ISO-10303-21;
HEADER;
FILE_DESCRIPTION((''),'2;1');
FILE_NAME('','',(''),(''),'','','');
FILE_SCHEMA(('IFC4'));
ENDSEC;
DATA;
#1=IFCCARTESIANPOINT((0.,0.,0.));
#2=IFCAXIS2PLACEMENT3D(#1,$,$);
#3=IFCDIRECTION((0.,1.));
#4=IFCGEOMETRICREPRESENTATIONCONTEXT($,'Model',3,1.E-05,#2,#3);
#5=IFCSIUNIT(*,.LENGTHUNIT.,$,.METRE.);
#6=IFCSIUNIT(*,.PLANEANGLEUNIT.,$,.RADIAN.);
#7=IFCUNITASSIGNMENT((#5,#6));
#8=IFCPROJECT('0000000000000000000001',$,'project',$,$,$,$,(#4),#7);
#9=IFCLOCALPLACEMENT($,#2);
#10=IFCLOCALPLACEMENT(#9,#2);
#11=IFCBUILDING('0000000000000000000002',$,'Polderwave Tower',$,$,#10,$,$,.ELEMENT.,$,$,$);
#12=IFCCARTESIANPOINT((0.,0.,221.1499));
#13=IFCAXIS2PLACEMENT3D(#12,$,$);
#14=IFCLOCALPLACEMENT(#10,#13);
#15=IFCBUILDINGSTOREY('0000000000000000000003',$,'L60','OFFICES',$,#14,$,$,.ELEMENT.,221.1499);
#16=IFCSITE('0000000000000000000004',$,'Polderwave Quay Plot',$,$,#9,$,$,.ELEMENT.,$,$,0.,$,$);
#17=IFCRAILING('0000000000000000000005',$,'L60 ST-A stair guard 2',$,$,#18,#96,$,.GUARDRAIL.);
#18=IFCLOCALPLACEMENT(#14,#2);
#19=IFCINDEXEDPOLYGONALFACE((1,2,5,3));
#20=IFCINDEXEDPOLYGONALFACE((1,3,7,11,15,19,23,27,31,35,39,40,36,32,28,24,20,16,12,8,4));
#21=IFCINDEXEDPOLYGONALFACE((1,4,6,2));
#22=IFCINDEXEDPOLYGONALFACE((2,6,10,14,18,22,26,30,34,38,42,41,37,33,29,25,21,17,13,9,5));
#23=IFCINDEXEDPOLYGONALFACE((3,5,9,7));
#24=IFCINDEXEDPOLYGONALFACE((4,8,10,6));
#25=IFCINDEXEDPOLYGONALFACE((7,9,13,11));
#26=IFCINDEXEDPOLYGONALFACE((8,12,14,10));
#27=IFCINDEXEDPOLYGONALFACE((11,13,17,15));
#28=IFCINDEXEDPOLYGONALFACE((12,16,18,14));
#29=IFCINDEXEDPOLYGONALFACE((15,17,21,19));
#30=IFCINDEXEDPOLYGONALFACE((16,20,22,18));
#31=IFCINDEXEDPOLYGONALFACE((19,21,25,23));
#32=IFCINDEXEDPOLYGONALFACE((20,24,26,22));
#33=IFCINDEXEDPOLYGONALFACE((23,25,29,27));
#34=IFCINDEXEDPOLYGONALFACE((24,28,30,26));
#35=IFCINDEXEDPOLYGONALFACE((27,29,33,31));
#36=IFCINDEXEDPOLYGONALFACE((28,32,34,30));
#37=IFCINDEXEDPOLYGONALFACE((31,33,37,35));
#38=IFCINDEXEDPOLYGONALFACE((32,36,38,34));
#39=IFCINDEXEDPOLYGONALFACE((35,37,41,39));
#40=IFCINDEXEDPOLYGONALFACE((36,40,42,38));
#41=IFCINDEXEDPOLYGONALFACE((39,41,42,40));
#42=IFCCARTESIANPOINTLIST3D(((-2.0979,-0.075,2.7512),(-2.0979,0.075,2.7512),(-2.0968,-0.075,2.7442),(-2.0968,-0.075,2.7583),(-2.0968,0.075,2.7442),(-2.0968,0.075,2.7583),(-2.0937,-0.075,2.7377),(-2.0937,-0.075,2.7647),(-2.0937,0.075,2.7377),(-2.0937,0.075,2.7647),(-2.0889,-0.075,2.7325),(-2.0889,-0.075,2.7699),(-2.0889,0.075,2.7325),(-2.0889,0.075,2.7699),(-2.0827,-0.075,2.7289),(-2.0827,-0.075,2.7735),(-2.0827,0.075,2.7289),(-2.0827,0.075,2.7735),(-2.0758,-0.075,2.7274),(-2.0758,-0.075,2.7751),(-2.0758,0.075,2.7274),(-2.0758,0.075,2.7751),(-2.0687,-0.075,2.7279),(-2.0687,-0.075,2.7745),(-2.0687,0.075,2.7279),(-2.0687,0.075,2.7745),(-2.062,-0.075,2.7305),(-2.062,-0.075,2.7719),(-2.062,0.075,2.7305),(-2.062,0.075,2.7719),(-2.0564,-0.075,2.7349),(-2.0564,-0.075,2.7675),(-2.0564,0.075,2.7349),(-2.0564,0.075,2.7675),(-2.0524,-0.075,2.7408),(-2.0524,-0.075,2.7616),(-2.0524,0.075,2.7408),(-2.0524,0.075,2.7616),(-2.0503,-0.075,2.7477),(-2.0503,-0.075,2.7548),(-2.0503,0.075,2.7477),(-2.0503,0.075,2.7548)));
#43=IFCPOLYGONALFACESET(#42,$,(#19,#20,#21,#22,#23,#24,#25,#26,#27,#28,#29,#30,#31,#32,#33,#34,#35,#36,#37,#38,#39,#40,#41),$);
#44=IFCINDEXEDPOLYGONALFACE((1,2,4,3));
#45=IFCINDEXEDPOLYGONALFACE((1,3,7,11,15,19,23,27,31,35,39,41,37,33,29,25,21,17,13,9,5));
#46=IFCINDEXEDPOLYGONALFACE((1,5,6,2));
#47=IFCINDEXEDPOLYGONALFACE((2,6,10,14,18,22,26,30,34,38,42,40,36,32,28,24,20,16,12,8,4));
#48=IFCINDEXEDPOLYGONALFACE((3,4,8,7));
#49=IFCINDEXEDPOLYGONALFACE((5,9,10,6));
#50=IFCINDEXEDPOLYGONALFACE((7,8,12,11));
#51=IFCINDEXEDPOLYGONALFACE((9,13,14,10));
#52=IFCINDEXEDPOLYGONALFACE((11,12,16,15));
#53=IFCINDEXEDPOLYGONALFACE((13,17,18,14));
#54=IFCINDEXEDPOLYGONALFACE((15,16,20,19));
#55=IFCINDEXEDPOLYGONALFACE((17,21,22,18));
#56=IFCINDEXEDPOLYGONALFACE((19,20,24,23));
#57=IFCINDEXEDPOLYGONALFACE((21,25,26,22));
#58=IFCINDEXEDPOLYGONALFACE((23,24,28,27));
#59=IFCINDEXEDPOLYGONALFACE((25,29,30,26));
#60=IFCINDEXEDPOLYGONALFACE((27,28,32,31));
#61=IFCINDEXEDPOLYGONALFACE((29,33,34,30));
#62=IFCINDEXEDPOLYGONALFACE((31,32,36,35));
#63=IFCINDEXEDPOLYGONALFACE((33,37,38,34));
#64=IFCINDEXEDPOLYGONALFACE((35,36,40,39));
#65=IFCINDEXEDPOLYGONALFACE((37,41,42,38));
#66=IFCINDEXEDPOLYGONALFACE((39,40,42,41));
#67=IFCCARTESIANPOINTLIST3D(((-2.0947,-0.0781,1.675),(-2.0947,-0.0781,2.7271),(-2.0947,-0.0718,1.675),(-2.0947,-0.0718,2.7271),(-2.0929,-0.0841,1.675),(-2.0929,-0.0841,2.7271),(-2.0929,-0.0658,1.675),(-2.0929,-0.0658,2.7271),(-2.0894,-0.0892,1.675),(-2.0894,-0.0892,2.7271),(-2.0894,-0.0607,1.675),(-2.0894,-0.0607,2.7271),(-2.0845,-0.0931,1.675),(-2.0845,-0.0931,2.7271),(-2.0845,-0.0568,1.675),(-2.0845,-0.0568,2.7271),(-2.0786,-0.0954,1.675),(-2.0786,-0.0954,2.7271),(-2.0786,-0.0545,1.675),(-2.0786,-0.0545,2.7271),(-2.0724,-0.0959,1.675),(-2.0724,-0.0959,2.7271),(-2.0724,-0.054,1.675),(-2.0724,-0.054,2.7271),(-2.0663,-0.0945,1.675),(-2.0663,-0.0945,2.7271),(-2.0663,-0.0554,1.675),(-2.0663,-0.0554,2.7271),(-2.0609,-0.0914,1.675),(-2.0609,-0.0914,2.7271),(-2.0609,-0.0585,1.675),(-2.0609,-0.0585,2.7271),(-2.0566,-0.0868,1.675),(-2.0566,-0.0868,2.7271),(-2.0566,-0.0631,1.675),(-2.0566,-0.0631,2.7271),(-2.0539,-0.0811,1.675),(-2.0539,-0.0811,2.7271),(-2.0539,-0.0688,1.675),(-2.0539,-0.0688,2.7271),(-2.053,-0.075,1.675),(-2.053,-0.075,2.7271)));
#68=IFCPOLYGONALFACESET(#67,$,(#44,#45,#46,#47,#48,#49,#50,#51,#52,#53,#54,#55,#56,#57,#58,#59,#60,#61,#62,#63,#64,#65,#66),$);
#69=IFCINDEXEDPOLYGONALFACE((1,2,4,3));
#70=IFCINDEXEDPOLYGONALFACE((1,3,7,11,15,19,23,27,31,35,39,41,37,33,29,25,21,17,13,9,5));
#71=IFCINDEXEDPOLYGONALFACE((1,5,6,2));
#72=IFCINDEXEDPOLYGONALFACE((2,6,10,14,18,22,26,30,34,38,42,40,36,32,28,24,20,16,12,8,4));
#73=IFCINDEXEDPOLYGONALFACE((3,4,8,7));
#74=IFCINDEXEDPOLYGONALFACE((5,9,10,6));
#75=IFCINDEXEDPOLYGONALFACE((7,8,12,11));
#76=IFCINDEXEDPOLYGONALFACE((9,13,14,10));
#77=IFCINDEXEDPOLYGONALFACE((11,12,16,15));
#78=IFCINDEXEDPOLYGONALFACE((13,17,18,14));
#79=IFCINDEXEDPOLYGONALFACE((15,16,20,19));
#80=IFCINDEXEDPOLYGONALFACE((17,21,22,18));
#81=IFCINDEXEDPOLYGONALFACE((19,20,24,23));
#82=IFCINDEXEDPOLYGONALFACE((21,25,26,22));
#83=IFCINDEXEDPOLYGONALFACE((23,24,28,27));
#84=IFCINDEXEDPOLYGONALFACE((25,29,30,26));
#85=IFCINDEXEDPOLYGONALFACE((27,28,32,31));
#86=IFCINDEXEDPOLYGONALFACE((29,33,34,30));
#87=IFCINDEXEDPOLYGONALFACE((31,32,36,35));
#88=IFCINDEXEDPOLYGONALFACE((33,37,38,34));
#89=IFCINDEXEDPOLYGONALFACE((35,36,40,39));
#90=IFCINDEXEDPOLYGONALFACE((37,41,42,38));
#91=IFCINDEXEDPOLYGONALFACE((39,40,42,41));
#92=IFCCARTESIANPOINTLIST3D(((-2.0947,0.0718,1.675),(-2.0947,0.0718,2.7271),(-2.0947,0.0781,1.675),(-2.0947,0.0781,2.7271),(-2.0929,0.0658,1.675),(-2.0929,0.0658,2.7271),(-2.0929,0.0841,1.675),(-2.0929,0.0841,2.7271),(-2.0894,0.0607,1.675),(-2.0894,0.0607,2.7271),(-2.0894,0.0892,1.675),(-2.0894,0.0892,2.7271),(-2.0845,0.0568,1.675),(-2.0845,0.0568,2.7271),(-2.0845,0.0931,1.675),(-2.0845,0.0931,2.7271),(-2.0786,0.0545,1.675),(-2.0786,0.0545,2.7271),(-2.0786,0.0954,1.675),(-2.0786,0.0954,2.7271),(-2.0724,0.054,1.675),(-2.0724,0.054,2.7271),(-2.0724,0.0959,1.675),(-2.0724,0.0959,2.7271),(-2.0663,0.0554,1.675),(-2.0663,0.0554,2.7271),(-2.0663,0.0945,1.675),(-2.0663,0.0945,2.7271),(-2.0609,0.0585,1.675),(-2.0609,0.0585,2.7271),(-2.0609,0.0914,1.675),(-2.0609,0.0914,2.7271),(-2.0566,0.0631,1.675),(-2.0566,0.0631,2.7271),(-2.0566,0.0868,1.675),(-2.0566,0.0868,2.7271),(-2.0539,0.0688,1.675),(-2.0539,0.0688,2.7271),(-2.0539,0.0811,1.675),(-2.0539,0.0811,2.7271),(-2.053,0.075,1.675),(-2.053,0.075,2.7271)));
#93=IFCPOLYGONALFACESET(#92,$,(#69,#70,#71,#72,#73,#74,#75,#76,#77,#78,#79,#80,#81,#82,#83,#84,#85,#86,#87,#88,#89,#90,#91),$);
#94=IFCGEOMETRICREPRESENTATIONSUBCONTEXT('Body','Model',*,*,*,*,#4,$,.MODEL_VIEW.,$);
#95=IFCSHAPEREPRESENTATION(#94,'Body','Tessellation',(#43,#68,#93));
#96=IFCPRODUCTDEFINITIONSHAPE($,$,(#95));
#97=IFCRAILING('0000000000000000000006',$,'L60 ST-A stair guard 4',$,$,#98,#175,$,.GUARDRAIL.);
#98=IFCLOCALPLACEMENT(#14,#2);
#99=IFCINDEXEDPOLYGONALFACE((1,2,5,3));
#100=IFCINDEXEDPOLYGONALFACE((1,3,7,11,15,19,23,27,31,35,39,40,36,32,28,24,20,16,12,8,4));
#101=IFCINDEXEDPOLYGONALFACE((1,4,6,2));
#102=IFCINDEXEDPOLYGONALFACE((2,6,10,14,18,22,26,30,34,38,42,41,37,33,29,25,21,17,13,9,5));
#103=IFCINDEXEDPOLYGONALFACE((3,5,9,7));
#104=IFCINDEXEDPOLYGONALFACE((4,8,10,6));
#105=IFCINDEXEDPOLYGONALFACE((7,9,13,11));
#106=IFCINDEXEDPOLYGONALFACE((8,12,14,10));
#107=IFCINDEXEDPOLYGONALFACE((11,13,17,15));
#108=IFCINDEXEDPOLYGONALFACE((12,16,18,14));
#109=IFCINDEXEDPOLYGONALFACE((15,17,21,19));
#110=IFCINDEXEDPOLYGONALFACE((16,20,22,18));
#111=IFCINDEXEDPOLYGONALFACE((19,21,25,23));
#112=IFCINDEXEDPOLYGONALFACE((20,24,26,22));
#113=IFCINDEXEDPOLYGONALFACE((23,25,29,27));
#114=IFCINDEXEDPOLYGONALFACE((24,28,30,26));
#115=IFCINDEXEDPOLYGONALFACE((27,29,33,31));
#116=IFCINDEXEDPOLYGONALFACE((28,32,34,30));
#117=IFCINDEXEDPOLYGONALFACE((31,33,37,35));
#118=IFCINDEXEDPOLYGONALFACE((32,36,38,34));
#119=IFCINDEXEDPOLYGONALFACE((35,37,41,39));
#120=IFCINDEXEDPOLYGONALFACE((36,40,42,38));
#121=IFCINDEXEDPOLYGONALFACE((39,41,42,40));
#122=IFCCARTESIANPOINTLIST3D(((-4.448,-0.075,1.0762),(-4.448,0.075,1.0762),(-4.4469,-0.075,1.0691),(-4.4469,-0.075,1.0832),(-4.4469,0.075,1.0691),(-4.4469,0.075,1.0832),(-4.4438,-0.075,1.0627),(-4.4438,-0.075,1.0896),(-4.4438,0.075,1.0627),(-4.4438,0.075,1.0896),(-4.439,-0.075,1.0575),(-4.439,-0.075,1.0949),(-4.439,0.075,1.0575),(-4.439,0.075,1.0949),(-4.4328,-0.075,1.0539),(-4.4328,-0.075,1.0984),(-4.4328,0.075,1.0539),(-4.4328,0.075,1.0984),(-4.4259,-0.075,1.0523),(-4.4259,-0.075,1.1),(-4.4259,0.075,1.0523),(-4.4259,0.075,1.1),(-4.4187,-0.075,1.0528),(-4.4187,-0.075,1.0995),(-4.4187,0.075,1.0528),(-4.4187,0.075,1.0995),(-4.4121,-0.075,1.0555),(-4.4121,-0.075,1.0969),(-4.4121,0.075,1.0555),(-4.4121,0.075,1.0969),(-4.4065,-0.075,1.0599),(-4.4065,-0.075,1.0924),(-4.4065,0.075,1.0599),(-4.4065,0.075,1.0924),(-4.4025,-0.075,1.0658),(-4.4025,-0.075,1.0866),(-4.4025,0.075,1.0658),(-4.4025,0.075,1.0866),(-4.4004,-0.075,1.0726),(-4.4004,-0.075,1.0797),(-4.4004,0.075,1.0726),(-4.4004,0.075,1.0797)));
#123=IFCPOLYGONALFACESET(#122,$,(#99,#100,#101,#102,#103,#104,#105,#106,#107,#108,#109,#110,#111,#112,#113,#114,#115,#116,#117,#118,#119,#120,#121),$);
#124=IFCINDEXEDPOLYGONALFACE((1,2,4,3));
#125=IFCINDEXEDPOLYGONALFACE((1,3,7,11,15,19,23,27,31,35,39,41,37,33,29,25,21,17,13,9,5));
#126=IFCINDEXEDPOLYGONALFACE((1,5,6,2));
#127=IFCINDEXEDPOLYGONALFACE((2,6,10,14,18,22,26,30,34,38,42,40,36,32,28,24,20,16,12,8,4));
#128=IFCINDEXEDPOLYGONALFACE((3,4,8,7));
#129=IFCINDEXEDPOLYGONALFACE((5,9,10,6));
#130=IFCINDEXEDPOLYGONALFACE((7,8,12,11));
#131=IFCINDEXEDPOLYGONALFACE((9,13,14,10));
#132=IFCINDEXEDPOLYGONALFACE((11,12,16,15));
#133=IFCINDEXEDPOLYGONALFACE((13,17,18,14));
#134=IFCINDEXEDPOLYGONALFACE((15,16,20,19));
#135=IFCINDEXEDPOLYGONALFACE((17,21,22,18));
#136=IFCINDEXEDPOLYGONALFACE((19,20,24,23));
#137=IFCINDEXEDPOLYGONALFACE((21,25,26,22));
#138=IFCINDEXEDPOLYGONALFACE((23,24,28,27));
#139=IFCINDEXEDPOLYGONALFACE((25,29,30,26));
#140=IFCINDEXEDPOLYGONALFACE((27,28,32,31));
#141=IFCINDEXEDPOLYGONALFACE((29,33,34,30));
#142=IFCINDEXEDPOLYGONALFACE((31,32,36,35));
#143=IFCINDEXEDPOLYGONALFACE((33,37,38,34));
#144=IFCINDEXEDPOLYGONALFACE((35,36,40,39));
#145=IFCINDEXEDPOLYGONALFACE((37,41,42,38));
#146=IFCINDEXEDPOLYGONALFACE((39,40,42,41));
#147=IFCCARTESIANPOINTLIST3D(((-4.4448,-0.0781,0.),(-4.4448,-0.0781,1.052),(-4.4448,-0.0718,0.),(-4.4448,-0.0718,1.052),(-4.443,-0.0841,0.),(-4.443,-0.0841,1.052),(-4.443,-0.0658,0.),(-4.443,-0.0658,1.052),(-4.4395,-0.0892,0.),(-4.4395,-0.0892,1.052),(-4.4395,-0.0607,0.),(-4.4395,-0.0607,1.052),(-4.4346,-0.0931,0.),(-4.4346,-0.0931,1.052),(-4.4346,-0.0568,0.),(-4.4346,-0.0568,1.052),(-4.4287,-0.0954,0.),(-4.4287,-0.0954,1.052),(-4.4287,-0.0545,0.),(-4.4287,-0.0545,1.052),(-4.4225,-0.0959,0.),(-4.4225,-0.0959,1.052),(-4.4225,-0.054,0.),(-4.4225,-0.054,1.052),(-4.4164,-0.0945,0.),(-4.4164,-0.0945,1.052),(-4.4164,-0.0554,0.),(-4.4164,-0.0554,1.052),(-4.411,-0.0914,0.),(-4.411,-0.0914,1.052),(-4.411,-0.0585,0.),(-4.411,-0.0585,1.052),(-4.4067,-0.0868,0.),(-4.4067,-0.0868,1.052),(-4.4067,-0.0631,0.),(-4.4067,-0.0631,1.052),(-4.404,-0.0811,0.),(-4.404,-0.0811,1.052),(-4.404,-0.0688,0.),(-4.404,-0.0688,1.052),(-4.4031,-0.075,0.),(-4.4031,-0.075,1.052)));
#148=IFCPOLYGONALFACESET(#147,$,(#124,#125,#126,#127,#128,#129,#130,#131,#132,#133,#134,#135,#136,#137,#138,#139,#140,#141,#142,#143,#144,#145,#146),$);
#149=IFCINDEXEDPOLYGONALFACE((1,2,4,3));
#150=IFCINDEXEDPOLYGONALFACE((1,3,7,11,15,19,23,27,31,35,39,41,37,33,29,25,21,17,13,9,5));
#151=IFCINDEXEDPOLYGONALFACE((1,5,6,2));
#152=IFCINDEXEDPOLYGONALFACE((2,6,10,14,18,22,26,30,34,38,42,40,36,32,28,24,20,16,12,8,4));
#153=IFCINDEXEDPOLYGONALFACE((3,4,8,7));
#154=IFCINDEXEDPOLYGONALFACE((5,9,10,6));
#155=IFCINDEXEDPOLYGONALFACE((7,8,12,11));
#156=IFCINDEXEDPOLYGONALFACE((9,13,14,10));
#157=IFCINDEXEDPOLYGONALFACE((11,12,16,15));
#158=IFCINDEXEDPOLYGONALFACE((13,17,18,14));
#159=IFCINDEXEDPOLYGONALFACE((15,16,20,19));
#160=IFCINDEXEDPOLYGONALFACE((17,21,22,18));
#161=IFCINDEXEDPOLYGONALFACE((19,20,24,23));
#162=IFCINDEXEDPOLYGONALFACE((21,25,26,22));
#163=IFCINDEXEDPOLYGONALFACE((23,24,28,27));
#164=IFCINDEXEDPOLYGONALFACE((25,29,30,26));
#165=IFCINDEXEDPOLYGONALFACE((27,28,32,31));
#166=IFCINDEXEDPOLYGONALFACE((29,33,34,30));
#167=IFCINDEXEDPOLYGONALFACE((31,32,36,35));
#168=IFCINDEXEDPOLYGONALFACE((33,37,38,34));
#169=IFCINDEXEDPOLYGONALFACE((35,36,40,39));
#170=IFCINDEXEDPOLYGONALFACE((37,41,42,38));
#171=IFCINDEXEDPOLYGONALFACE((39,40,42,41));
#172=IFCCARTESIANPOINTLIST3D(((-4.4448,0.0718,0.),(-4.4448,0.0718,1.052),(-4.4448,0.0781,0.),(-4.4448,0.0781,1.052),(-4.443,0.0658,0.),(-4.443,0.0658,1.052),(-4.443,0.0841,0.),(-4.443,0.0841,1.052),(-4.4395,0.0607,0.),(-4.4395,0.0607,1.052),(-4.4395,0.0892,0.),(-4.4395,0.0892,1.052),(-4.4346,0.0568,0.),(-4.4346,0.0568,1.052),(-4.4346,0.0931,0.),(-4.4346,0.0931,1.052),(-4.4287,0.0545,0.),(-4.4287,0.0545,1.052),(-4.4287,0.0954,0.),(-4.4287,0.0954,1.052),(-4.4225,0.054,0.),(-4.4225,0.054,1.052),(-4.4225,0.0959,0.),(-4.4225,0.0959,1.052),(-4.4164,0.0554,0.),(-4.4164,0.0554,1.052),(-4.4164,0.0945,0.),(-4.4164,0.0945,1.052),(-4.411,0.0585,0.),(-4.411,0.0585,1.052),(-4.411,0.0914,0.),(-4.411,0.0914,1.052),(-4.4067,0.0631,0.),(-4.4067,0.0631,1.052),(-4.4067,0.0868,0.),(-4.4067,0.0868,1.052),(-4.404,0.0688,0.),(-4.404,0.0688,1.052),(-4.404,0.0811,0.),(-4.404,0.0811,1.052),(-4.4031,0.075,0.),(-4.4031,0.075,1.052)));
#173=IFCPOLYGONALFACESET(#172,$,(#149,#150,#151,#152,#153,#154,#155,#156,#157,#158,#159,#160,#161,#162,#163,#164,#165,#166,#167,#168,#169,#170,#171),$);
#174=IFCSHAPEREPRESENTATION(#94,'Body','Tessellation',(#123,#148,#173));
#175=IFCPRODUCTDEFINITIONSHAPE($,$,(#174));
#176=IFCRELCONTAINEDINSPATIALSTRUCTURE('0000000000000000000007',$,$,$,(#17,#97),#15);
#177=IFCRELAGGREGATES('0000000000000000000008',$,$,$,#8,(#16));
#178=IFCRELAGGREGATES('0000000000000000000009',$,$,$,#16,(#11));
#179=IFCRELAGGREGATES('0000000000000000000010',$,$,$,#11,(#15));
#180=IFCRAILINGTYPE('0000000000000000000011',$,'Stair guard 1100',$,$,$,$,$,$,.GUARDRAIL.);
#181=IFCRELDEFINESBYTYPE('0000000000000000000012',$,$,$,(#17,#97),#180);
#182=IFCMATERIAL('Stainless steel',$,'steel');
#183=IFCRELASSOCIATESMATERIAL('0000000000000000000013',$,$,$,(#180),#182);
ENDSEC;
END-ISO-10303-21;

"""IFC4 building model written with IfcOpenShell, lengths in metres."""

from ifc_helpers import new_model, si_unit, direction, frame, origin, origin_2d, place, context, subcontext, project, spatial, circle, extrude, material, type_object, element, save


model = new_model("IFC4")

# Units and contexts
model_context = context("Model", 3, precision=1e-05, world=origin(), true_north=direction((0.0, 1.0)))
body_context = subcontext(model_context, "Body", "Model", "MODEL_VIEW")
ifc_project = project(units=[si_unit("LENGTHUNIT", "METRE"), si_unit("PLANEANGLEUNIT", "RADIAN")], contexts=[model_context])

# Site, building, storey
site_placement = place(None, origin())
site = spatial("IfcSite", under=ifc_project, at=site_placement, Name="Polderwave Quay Plot", CompositionType="ELEMENT", RefElevation=0.0)
building_placement = place(site_placement, origin())
building = spatial("IfcBuilding", under=site, at=building_placement, Name="Polderwave Tower", CompositionType="ELEMENT")
storey_placement = place(building_placement, frame((0.0, 0.0, 221.1499)))
storey = spatial("IfcBuildingStorey", under=building, at=storey_placement, Name="L60", Description="OFFICES", CompositionType="ELEMENT", Elevation=221.1499)

# Shared definitions
ifc_material_1 = material(Name="Stainless steel", Category="steel")

# Railings
railing_type_1 = type_object("IfcRailingType", Name="Stair guard 1100", PredefinedType="GUARDRAIL", material=ifc_material_1)
for number, where, name in (
    (1, (-2.074, -0.075, 1.675), "L60 ST-A stair guard 2"),
    (2, (-4.4241, -0.075, 0.0), "L60 ST-A stair guard 4"),
):
    element("IfcRailing", number, at=place(storey_placement, frame(where)), inside=storey, type_object=railing_type_1, Name=name, PredefinedType="GUARDRAIL", context=body_context, shape_type="SweptSolid", body=[
        extrude(circle(Radius=0.0239, at=origin_2d()), frame((0.0, 0.0, 1.0762), z_axis=(0.0, 1.0, 0.0), x_axis=(-1.0, 0.0, 0.0)), (0.0, 0.0, 1.0), 0.1499),
        extrude(circle(Radius=0.021, at=origin_2d()), origin(), (0.0, 0.0, 1.0), 1.052),
        extrude(circle(Radius=0.021, at=origin_2d()), frame((0.0, 0.1499, 0.0)), (0.0, 0.0, 1.0), 1.052),
    ])

save(model, "model.ifc")
